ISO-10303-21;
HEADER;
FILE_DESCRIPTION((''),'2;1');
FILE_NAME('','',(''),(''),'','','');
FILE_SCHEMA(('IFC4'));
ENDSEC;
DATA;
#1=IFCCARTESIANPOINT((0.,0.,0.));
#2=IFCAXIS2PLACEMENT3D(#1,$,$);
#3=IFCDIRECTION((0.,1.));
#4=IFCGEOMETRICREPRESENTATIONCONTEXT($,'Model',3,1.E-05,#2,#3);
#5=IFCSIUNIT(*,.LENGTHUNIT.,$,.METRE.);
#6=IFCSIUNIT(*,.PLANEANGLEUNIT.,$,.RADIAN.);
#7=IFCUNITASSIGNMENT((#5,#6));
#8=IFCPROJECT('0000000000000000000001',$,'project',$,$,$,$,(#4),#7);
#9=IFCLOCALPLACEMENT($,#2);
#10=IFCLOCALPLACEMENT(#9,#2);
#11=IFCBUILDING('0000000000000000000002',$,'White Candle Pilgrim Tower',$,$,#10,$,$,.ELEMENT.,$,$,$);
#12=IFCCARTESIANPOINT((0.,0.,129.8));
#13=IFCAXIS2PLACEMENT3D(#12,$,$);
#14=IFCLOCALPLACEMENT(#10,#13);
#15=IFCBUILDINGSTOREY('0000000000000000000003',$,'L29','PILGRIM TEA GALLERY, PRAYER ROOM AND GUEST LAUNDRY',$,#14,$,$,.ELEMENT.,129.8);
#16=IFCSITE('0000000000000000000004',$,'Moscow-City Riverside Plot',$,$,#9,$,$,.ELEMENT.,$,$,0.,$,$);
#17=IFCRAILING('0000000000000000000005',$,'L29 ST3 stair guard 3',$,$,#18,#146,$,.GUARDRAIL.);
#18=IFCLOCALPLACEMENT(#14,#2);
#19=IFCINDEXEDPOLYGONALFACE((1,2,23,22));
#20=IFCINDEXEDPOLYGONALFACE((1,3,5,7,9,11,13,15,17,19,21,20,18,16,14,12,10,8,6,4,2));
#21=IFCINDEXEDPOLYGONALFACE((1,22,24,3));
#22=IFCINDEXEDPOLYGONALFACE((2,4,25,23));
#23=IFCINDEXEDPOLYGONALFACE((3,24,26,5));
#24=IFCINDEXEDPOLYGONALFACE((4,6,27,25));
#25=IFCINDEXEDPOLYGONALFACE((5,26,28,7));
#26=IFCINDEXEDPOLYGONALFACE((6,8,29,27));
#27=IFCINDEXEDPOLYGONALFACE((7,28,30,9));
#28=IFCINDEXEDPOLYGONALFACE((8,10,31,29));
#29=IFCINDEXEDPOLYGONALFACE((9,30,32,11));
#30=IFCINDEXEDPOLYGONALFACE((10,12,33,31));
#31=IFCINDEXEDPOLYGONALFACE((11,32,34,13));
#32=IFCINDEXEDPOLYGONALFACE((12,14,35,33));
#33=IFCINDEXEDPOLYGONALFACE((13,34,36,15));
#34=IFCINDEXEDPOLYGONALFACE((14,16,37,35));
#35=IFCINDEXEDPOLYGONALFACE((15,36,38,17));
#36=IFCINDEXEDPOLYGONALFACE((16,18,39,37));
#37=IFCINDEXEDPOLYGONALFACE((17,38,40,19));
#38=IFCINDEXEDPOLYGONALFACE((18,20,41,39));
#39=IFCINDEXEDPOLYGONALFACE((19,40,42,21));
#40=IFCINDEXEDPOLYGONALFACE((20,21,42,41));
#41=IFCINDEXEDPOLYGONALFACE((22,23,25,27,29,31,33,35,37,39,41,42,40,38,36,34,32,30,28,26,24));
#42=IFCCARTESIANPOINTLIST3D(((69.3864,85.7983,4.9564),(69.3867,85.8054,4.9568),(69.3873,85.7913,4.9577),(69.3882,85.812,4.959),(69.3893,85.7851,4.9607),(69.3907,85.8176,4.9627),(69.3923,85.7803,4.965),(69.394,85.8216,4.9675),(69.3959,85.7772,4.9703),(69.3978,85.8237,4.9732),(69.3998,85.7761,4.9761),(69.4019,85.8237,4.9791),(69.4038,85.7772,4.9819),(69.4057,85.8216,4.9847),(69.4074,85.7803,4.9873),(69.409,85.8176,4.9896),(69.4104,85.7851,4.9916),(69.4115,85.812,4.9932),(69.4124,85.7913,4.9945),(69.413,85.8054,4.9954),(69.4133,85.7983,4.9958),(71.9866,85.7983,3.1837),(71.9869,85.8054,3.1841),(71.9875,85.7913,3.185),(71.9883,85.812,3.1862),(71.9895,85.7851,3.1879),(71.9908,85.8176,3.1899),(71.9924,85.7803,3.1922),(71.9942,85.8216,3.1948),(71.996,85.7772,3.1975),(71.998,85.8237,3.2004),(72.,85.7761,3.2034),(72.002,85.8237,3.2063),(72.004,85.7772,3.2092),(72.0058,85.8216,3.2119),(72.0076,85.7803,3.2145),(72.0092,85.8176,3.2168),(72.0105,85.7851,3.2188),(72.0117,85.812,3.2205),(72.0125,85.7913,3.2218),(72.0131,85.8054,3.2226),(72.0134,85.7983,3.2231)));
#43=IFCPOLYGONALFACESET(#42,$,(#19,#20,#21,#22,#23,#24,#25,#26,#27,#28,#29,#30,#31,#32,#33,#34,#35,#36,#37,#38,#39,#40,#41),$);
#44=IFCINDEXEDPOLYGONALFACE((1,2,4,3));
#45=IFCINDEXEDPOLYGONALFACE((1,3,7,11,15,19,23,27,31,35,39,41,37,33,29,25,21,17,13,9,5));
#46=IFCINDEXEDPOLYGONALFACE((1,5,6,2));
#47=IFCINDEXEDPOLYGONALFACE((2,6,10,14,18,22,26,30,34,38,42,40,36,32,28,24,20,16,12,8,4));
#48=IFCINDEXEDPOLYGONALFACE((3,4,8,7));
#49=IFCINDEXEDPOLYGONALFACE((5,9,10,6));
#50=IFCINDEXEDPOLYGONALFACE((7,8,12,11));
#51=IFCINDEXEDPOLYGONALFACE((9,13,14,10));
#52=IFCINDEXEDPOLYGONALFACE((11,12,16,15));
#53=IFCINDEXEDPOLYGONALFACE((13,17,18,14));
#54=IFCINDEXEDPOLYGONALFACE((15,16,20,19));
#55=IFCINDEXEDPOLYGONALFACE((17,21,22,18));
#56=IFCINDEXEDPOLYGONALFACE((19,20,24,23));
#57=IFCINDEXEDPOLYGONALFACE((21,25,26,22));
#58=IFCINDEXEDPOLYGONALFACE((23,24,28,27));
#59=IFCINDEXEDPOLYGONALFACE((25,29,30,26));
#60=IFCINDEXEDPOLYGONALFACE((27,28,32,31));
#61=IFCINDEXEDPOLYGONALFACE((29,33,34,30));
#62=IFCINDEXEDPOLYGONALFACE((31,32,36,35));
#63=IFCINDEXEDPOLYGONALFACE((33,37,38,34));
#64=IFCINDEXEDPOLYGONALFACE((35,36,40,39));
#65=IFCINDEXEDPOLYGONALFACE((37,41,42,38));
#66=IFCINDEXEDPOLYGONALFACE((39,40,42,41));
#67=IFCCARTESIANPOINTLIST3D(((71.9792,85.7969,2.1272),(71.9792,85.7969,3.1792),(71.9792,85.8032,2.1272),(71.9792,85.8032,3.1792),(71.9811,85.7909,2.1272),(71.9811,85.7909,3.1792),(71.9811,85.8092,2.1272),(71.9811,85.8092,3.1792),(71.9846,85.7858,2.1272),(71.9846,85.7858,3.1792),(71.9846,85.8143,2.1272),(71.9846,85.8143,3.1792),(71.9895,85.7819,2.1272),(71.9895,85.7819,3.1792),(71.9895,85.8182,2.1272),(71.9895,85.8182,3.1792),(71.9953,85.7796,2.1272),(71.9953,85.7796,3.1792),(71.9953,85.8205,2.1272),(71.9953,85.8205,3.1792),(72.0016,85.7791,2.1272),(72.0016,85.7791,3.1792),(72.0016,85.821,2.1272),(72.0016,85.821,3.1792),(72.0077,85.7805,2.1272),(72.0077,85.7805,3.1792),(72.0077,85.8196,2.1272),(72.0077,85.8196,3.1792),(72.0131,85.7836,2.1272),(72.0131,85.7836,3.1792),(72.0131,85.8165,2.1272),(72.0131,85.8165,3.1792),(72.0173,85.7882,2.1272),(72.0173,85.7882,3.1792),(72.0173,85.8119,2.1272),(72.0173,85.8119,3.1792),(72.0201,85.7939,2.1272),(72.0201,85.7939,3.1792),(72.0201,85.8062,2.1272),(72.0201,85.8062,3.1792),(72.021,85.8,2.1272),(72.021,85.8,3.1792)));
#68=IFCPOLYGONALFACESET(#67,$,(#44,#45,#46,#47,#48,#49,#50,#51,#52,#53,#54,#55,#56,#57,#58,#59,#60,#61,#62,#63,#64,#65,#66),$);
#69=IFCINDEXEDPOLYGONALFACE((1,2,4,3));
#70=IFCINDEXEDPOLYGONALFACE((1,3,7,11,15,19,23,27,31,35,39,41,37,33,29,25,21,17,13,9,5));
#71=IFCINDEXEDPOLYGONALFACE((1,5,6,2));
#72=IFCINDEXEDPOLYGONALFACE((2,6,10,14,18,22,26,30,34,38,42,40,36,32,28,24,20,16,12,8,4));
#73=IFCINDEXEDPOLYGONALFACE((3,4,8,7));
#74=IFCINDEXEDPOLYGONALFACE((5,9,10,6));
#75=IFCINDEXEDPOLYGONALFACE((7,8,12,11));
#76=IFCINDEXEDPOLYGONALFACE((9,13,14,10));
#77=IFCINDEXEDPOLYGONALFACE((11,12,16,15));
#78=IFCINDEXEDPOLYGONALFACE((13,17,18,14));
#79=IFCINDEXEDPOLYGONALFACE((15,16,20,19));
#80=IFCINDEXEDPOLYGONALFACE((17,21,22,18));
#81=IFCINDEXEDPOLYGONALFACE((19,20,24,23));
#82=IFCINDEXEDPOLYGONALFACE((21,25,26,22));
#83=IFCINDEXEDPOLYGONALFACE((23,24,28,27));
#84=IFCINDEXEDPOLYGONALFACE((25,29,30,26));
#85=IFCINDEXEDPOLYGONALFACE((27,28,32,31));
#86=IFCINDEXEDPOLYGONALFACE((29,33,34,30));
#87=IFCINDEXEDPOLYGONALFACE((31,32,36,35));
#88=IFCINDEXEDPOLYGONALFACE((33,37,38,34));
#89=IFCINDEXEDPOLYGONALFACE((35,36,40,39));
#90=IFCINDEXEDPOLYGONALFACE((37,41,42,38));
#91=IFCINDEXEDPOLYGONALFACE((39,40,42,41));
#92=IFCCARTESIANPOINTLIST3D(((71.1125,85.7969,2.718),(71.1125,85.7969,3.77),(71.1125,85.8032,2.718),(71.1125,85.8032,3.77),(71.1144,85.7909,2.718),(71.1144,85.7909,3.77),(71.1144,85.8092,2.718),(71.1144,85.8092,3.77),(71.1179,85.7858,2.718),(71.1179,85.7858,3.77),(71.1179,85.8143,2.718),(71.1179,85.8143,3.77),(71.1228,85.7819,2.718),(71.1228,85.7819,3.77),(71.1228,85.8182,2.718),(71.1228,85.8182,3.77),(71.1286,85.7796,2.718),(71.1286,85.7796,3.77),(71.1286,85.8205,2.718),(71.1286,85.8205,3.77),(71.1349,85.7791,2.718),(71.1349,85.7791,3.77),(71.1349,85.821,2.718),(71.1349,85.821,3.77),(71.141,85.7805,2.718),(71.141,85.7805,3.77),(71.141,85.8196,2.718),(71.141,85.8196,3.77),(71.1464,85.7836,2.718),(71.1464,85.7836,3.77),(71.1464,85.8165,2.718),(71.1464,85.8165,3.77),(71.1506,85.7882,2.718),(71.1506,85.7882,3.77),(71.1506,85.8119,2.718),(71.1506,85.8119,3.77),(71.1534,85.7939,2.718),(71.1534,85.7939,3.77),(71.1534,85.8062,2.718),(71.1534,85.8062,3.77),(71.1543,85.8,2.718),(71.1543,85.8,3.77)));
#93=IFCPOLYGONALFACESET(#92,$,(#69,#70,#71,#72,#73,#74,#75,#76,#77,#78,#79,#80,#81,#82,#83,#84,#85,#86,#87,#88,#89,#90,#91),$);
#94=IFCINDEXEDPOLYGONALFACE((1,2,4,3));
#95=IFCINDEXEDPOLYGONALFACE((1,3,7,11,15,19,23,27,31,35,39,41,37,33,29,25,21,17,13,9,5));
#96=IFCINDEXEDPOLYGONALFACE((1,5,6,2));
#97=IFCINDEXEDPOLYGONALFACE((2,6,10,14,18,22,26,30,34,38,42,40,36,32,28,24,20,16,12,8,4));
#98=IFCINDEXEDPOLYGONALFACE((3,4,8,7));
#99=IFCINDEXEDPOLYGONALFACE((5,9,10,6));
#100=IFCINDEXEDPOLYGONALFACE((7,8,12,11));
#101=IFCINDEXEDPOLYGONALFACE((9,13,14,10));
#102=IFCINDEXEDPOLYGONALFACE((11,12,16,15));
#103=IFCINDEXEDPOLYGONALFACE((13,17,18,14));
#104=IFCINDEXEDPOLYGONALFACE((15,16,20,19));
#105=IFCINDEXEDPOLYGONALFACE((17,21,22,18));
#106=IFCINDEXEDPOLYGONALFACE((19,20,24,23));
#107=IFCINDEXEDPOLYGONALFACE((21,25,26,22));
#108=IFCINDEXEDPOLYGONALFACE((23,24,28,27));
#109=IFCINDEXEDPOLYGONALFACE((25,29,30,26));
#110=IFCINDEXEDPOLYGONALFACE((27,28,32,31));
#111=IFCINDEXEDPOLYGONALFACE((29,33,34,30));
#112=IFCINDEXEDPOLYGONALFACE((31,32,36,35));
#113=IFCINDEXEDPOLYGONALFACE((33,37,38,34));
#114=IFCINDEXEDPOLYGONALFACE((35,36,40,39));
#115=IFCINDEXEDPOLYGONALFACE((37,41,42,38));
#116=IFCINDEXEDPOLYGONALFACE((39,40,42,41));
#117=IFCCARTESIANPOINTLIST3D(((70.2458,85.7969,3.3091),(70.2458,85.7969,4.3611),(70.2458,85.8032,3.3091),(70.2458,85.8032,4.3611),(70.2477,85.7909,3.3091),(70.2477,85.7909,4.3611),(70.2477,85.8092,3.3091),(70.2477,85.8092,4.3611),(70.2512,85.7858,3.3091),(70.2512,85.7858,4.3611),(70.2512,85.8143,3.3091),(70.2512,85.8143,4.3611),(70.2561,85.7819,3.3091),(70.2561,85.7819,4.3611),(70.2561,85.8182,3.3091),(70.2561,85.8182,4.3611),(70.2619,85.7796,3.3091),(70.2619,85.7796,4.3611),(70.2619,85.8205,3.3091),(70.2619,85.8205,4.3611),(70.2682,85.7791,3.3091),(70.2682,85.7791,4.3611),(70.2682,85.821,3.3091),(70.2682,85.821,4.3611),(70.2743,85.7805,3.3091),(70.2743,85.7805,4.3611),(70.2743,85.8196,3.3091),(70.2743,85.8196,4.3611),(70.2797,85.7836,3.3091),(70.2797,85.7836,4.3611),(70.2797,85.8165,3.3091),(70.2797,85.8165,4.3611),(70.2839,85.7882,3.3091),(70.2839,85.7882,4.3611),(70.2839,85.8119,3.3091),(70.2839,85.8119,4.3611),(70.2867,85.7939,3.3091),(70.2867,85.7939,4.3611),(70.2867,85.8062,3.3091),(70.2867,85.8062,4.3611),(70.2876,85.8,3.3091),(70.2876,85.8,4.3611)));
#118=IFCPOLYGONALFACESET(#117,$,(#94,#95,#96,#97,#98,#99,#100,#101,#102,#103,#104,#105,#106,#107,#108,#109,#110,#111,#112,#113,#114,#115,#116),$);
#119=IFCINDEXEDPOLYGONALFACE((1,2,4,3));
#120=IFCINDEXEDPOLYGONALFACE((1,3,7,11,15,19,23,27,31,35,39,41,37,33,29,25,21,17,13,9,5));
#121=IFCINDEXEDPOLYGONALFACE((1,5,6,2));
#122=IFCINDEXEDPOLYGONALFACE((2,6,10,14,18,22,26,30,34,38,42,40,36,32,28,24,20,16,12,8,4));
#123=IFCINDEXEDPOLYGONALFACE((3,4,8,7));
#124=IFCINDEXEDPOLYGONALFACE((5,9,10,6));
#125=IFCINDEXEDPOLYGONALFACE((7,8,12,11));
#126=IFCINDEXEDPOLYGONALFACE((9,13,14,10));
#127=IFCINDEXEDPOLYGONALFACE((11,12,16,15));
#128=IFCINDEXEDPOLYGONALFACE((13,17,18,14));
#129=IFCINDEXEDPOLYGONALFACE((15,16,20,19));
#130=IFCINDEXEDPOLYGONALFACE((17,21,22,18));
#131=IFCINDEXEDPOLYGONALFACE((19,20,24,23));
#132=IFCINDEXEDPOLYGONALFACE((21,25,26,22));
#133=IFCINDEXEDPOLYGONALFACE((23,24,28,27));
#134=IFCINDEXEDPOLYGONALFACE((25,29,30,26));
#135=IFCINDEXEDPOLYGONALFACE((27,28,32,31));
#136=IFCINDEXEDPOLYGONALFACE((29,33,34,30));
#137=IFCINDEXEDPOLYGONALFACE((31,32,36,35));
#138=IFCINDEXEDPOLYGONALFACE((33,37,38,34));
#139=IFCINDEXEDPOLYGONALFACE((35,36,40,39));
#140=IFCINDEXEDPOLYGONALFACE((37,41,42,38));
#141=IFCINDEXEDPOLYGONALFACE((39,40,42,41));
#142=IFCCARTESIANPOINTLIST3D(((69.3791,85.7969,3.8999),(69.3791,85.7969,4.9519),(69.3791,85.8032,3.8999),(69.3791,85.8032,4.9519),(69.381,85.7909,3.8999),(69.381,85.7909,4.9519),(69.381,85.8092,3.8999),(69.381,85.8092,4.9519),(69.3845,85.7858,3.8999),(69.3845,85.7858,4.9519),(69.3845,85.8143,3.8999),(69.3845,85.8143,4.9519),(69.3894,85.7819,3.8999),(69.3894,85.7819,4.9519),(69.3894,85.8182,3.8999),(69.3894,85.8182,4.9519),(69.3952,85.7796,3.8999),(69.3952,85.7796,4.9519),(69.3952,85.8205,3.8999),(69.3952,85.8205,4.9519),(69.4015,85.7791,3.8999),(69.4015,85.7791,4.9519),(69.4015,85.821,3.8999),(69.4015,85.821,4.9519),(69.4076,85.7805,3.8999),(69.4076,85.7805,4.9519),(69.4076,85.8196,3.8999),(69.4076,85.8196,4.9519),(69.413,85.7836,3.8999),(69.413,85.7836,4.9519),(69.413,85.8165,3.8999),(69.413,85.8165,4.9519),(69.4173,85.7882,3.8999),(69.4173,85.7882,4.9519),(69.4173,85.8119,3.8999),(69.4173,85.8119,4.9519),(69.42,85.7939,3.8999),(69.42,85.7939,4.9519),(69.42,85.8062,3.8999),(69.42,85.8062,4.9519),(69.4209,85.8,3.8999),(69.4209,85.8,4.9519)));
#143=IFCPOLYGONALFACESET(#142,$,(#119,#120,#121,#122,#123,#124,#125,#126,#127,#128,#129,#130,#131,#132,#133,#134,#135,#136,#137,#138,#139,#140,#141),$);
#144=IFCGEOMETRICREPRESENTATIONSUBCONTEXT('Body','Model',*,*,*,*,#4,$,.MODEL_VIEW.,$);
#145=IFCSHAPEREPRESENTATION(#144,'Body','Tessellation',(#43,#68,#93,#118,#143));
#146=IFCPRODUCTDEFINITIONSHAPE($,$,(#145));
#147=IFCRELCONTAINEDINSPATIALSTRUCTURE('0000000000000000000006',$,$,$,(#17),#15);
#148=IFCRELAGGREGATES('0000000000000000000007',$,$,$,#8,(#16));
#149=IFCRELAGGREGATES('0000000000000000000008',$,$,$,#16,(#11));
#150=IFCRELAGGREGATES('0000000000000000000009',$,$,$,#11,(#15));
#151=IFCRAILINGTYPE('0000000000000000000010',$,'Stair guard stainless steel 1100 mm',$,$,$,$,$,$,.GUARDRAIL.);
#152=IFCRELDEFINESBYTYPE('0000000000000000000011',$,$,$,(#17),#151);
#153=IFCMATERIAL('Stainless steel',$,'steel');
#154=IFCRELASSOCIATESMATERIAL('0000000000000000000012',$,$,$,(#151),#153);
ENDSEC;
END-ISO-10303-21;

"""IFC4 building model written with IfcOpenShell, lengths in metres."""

from ifc_helpers import new_model, si_unit, direction, frame, origin, origin_2d, place, context, subcontext, project, spatial, circle, extrude, material, type_object, element, save


model = new_model("IFC4")

# Units and contexts
model_context = context("Model", 3, precision=1e-05, world=origin(), true_north=direction((0.0, 1.0)))
body_context = subcontext(model_context, "Body", "Model", "MODEL_VIEW")
ifc_project = project(units=[si_unit("LENGTHUNIT", "METRE"), si_unit("PLANEANGLEUNIT", "RADIAN")], contexts=[model_context])

# Site, building, storey
site_placement = place(None, origin())
site = spatial("IfcSite", under=ifc_project, at=site_placement, Name="Moscow-City Riverside Plot", CompositionType="ELEMENT", RefElevation=0.0)
building_placement = place(site_placement, origin())
building = spatial("IfcBuilding", under=site, at=building_placement, Name="White Candle Pilgrim Tower", CompositionType="ELEMENT")
storey_placement = place(building_placement, frame((0.0, 0.0, 129.8)))
storey = spatial("IfcBuildingStorey", under=building, at=storey_placement, Name="L29", Description="PILGRIM TEA GALLERY, PRAYER ROOM AND GUEST LAUNDRY", CompositionType="ELEMENT", Elevation=129.8)

# Railing
ifc_material_1 = material(Name="Stainless steel", Category="steel")
railing_type_1 = type_object("IfcRailingType", Name="Stair guard stainless steel 1100 mm", PredefinedType="GUARDRAIL", material=ifc_material_1)
railing_1_placement = place(storey_placement, frame((72.0, 85.8, 2.1272)))
element("IfcRailing", 1, at=railing_1_placement, inside=storey, type_object=railing_type_1, Name="L29 ST3 stair guard 3", PredefinedType="GUARDRAIL", context=body_context, shape_type="SweptSolid", body=[
    extrude(circle(Radius=0.0239, at=origin_2d()), frame((0.0, 0.0, 1.0762), z_axis=(-0.82624, 0.0, 0.563318), x_axis=(0.0, -1.0, 0.0)), (0.0, 0.0, 1.0), 3.147),
    extrude(circle(Radius=0.021, at=origin_2d()), origin(), (0.0, 0.0, 1.0), 1.052),
    extrude(circle(Radius=0.021, at=origin_2d()), frame((-0.8667, 0.0, 0.5908)), (0.0, 0.0, 1.0), 1.052),
    extrude(circle(Radius=0.021, at=origin_2d()), frame((-1.7334, 0.0, 1.1819)), (0.0, 0.0, 1.0), 1.052),
    extrude(circle(Radius=0.021, at=origin_2d()), frame((-2.6001, 0.0, 1.7727)), (0.0, 0.0, 1.0), 1.052),
])

save(model, "model.ifc")
